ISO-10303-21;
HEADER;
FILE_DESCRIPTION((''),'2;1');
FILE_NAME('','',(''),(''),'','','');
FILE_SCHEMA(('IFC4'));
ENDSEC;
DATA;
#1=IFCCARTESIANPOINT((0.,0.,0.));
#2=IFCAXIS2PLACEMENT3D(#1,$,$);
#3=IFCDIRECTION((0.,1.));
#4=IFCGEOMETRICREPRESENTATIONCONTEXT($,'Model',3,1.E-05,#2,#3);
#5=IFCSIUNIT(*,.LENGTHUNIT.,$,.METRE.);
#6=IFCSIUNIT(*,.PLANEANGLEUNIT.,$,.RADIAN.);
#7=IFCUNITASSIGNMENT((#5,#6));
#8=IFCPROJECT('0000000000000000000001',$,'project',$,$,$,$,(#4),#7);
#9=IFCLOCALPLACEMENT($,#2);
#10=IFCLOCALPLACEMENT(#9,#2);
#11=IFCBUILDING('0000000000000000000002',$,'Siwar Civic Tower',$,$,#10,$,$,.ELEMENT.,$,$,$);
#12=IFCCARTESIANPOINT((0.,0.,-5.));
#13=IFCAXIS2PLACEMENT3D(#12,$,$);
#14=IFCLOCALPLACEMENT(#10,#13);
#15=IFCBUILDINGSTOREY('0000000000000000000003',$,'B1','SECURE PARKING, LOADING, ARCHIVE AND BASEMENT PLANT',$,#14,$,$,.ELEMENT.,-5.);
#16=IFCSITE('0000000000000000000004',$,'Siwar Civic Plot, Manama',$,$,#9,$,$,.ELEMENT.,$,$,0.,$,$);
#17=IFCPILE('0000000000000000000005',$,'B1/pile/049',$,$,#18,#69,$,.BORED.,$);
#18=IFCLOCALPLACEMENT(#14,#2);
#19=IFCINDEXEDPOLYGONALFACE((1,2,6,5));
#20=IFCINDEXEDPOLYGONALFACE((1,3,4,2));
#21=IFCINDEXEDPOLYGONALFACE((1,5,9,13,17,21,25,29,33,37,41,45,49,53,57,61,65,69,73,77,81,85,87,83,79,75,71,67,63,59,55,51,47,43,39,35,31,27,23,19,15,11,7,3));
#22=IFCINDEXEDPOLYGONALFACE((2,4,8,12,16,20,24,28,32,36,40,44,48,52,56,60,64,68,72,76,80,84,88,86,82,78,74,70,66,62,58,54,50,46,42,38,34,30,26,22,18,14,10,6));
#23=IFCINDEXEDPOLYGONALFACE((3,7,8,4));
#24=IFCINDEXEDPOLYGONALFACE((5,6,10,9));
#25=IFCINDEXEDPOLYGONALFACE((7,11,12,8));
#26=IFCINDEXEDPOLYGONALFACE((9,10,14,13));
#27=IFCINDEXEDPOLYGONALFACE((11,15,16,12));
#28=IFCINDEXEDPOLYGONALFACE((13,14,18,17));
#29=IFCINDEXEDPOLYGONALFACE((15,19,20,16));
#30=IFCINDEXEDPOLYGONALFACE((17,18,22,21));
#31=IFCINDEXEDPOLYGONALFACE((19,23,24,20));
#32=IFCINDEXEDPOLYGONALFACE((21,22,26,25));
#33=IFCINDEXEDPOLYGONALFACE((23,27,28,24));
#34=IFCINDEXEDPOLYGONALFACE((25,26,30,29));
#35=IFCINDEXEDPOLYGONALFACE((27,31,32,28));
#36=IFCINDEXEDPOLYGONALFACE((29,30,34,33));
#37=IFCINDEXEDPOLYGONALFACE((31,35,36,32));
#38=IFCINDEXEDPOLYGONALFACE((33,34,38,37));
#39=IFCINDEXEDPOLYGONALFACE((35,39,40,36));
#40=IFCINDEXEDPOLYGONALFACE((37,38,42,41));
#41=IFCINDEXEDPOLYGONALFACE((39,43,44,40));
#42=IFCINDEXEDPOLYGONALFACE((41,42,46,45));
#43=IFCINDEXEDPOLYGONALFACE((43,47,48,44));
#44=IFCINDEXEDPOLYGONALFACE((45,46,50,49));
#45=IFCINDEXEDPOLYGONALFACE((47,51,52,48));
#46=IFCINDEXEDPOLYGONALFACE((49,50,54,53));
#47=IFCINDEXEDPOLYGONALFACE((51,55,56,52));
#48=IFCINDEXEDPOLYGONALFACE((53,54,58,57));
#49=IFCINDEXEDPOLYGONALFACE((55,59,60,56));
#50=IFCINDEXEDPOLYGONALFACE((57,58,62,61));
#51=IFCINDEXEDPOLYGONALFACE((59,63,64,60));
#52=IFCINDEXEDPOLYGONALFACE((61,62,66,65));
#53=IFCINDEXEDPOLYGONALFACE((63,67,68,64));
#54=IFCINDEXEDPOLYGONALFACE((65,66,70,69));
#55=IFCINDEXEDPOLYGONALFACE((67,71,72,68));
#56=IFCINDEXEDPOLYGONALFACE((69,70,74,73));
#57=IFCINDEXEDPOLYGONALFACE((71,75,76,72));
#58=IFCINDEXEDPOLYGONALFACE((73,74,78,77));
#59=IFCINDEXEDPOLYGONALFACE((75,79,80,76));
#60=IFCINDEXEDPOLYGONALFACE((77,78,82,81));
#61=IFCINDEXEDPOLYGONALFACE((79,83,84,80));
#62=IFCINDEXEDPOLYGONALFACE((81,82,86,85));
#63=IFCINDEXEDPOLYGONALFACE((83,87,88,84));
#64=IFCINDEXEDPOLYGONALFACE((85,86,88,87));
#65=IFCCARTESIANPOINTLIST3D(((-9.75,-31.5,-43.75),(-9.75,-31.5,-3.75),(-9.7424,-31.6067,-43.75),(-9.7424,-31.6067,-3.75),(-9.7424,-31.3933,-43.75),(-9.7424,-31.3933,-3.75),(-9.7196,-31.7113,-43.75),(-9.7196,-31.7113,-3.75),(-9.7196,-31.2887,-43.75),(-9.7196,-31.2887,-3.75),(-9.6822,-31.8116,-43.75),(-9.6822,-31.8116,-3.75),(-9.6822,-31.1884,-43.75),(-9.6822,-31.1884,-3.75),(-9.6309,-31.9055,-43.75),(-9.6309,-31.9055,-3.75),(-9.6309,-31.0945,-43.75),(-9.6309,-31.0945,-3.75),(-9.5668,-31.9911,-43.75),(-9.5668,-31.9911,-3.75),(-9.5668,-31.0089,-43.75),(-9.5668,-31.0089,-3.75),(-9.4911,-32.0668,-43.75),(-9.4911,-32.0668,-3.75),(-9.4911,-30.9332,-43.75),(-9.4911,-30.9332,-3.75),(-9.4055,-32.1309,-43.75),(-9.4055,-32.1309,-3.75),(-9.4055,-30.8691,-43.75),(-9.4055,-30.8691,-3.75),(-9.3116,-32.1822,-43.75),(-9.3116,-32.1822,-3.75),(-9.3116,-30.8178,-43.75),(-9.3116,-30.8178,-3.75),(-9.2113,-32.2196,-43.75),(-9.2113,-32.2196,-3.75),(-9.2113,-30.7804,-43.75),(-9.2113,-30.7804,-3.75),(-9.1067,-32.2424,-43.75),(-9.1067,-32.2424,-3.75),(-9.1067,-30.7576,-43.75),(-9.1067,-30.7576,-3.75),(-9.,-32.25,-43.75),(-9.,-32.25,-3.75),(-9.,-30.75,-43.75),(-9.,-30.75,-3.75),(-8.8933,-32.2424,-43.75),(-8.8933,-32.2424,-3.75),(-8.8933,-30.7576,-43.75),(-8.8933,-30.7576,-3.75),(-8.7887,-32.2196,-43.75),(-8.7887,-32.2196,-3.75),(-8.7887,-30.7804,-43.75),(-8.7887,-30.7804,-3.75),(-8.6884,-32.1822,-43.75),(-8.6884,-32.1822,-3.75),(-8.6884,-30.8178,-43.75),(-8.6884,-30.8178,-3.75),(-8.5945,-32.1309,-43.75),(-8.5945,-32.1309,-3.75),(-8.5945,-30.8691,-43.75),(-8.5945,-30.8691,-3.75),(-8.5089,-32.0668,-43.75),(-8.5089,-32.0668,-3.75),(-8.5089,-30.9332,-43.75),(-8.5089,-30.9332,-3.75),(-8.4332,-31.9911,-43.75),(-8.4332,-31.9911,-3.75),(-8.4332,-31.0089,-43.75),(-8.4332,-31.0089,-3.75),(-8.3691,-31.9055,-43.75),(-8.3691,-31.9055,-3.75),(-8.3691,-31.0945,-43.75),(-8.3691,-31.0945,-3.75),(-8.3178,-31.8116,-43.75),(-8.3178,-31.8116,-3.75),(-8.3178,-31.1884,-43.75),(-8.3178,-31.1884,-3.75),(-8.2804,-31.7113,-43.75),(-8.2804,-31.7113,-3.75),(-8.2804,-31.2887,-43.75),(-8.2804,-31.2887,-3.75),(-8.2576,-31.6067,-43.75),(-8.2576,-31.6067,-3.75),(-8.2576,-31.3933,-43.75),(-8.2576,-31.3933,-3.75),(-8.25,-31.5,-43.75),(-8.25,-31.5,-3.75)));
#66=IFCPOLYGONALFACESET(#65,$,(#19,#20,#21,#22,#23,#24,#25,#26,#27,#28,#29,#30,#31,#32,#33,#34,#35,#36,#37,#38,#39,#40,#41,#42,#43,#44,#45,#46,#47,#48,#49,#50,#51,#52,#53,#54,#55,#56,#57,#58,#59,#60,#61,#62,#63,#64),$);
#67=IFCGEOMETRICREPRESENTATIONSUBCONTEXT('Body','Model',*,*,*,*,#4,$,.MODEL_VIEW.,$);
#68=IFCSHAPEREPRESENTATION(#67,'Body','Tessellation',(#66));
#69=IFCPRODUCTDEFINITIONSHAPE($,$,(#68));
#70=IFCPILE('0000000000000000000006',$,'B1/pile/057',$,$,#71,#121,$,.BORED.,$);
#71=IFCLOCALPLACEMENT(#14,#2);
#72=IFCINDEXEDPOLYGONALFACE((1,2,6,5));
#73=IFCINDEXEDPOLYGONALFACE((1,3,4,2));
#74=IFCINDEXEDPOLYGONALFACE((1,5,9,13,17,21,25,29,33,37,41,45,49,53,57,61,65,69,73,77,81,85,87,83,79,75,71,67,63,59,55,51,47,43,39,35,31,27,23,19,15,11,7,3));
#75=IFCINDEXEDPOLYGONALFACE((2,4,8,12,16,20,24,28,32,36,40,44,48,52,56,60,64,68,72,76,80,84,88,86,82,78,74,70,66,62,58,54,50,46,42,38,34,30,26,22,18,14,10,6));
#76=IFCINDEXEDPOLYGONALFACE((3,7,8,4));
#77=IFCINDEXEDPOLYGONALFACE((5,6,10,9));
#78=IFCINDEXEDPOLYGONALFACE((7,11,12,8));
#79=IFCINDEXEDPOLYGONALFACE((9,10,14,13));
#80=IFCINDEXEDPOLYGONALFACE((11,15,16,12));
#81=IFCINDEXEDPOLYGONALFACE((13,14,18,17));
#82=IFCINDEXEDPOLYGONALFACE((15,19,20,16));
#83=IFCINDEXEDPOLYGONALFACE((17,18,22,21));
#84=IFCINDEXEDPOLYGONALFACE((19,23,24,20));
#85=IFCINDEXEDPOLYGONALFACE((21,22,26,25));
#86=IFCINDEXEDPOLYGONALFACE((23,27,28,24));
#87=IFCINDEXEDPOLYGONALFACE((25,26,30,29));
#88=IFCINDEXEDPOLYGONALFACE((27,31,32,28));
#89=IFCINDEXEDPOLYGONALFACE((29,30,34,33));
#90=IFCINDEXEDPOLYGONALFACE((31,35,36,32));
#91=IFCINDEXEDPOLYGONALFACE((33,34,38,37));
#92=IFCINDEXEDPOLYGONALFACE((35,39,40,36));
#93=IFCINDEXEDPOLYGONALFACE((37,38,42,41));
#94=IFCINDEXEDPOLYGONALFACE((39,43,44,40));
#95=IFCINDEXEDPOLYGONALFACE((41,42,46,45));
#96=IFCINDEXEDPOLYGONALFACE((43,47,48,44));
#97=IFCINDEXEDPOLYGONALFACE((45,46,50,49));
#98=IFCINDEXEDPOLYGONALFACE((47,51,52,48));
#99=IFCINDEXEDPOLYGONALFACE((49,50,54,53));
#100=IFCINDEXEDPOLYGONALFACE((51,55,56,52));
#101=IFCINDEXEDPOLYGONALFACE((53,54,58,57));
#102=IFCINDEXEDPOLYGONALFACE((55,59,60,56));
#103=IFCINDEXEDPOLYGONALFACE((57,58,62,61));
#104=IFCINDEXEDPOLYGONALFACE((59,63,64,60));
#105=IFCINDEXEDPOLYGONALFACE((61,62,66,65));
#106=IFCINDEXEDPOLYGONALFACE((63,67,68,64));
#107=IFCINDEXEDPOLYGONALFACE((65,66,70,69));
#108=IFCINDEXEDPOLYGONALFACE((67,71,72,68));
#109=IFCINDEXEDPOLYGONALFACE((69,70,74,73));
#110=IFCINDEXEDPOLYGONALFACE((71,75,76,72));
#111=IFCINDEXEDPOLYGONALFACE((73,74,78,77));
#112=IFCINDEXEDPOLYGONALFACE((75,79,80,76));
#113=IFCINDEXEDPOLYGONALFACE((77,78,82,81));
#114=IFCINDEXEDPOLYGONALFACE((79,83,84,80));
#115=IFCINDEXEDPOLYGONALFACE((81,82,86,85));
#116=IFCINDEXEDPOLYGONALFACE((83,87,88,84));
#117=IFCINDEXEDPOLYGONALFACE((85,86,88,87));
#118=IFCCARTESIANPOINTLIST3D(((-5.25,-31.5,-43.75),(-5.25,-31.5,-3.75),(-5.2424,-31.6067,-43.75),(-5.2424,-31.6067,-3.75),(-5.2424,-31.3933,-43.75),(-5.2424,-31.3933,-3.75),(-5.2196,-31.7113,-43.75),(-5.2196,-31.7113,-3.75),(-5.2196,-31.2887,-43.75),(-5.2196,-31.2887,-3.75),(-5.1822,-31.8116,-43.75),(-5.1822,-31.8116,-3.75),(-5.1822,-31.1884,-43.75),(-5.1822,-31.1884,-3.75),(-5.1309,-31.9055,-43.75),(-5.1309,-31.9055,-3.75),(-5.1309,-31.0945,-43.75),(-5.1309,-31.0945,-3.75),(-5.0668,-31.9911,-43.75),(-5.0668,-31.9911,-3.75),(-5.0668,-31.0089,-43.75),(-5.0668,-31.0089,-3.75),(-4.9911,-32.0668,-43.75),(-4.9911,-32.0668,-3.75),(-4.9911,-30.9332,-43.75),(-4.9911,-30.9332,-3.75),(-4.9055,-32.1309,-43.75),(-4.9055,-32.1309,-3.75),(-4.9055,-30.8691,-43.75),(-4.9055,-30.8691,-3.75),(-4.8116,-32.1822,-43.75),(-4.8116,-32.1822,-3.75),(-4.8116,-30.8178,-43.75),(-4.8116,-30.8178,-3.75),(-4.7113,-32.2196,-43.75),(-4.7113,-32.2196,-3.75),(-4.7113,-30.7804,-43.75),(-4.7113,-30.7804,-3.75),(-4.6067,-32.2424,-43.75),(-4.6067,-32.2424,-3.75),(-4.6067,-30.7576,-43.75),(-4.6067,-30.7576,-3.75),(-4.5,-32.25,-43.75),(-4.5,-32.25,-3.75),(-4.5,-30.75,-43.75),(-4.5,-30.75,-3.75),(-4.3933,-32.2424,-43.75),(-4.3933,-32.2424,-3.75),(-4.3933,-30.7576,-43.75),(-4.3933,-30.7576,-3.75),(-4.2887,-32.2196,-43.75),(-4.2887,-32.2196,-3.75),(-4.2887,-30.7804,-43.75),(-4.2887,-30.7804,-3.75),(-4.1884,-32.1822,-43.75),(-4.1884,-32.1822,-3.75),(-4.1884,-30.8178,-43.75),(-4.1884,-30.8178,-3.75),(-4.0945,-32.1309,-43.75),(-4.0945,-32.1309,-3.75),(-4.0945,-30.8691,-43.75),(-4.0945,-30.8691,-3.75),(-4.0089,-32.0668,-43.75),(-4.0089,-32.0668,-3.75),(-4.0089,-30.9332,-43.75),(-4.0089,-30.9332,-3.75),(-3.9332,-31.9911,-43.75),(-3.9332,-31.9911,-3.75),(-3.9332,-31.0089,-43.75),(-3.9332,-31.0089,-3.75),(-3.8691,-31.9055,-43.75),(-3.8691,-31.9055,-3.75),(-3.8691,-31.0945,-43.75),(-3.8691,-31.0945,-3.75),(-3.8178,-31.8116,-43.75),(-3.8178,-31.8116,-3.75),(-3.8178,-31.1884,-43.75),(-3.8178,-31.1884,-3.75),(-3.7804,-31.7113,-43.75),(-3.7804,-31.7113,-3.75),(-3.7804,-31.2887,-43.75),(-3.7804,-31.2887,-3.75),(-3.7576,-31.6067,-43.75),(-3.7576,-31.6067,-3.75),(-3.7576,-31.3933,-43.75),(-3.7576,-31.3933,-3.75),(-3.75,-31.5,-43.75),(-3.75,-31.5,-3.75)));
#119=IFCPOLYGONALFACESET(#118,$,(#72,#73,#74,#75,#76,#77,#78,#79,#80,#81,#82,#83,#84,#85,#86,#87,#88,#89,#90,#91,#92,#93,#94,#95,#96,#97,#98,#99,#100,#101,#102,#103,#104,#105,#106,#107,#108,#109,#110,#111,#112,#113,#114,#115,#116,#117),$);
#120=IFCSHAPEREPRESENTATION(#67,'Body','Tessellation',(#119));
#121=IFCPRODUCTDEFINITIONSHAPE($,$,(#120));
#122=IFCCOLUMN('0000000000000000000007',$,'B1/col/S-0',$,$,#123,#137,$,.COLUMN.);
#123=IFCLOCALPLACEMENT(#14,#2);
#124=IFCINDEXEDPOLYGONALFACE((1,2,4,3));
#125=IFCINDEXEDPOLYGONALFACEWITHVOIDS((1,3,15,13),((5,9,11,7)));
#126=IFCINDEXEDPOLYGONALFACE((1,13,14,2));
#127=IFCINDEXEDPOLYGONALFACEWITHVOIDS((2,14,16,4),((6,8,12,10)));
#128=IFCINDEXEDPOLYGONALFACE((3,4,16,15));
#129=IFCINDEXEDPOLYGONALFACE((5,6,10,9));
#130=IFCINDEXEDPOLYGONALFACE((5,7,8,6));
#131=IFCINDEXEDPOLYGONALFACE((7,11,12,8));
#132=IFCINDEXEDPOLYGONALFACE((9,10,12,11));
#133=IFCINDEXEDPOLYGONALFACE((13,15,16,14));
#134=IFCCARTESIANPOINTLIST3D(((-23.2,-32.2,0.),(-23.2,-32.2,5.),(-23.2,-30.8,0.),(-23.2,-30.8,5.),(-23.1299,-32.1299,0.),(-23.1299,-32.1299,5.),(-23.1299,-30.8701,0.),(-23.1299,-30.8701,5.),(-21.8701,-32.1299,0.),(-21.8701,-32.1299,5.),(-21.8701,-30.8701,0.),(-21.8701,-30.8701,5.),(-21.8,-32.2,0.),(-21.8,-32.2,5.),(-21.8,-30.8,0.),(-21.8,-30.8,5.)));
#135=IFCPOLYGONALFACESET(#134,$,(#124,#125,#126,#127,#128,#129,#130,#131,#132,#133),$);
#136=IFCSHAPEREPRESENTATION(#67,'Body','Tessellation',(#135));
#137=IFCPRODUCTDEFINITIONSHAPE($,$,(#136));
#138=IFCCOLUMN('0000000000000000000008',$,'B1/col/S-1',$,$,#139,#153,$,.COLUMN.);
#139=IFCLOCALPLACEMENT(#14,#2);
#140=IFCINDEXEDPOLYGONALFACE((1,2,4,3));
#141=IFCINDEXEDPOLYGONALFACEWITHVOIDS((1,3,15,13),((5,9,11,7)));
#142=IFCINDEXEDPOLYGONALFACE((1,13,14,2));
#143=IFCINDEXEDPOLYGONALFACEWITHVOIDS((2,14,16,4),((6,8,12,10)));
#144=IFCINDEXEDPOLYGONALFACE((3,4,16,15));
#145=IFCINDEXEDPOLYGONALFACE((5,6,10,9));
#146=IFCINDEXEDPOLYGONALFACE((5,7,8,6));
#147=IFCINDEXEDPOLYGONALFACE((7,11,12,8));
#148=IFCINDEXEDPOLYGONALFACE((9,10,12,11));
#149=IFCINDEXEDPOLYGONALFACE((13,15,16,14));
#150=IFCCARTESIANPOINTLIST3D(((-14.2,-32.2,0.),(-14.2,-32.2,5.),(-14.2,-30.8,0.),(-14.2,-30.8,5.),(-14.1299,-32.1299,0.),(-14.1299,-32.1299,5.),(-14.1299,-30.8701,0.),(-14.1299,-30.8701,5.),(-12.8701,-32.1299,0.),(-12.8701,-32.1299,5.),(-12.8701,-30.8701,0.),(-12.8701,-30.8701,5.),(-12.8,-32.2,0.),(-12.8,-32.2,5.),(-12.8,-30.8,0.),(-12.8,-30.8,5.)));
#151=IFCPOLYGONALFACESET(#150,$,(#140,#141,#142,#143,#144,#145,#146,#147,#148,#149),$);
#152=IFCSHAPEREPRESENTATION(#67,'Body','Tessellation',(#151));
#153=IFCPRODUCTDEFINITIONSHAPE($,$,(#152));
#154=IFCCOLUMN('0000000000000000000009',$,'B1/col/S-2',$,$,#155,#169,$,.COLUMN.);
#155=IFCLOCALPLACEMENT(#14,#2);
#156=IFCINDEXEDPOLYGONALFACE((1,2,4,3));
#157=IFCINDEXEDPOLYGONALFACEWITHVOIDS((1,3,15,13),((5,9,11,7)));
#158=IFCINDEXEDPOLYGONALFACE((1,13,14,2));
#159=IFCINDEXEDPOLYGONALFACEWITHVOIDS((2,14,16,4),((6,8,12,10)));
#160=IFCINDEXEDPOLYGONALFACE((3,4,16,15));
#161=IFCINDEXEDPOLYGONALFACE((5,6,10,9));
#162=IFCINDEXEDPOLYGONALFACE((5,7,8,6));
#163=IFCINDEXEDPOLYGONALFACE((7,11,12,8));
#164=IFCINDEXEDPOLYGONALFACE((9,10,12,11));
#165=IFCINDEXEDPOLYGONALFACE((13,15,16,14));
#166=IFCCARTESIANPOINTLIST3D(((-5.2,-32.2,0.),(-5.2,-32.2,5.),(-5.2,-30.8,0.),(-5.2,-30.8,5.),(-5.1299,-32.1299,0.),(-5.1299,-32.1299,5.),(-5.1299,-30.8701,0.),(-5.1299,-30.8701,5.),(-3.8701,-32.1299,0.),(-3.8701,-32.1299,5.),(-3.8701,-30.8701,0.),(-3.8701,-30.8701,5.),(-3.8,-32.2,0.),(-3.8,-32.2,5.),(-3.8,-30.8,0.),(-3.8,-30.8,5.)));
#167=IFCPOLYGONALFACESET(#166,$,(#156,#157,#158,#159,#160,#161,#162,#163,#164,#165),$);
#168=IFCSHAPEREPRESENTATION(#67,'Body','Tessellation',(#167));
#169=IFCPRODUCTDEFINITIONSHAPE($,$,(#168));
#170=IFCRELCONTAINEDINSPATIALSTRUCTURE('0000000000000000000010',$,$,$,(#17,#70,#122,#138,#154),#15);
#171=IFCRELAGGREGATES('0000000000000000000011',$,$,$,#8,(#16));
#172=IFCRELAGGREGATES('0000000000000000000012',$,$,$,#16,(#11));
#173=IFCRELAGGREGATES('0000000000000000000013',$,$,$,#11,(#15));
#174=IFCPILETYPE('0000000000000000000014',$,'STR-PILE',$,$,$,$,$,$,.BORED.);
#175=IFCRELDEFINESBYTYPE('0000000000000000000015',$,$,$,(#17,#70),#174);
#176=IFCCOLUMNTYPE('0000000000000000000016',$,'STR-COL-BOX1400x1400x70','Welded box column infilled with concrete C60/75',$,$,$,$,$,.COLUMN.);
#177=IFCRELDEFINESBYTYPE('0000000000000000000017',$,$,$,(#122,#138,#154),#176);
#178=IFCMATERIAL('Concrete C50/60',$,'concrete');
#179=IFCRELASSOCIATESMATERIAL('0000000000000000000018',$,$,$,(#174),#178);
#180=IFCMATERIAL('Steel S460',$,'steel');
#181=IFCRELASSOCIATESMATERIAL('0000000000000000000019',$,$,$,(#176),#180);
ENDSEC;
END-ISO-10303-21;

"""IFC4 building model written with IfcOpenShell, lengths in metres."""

from ifc_helpers import new_model, si_unit, direction, frame, origin, origin_2d, place, context, subcontext, project, spatial, hollow_rectangle, circle, extrude, material, material_profile, profile_set, type_object, element, save


model = new_model("IFC4")

# Units and contexts
model_context = context("Model", 3, precision=1e-05, world=origin(), true_north=direction((0.0, 1.0)))
body_context = subcontext(model_context, "Body", "Model", "MODEL_VIEW")
ifc_project = project(units=[si_unit("LENGTHUNIT", "METRE"), si_unit("PLANEANGLEUNIT", "RADIAN")], contexts=[model_context])

# Site, building, storey
site_placement = place(None, origin())
site = spatial("IfcSite", under=ifc_project, at=site_placement, Name="Siwar Civic Plot, Manama", CompositionType="ELEMENT", RefElevation=0.0)
building_placement = place(site_placement, origin())
building = spatial("IfcBuilding", under=site, at=building_placement, Name="Siwar Civic Tower", CompositionType="ELEMENT")
storey_placement = place(building_placement, frame((0.0, 0.0, -5.0)))
storey = spatial("IfcBuildingStorey", under=building, at=storey_placement, Name="B1", Description="SECURE PARKING, LOADING, ARCHIVE AND BASEMENT PLANT", CompositionType="ELEMENT", Elevation=-5.0)

# Piles
ifc_material_1 = material(Name="Concrete C50/60", Category="concrete")
ifc_material_profile_1 = material_profile(ifc_material_1, circle(Radius=0.75, at=origin_2d()), Name="PILE1500")
ifc_profile_set_1 = profile_set([ifc_material_profile_1], Name="Concrete C50/60")
pile_type = type_object("IfcPileType", Name="STR-PILE", PredefinedType="BORED", material=ifc_profile_set_1)
for number, where, z_axis, x_axis, name in (
    (1, (-9.0, -31.5, -3.75), (0.0, 0.0, -1.0), (1.0, 0.0, 0.0), "B1/pile/049"),
    (2, (-4.5, -31.5, -3.75), (0.0, 0.0, -1.0), (1.0, 0.0, 0.0), "B1/pile/057"),
):
    element("IfcPile", number, at=place(storey_placement, frame(where, z_axis=z_axis, x_axis=x_axis)), inside=storey, type_object=pile_type, Name=name, PredefinedType="BORED", context=body_context, shape_type="SweptSolid", body=[
        extrude(circle(Radius=0.75, at=origin_2d()), origin(), (0.0, 0.0, 1.0), 40.0),
    ])

# Columns
ifc_material_2 = material(Name="Steel S460", Category="steel")
ifc_material_profile_2 = material_profile(ifc_material_2, hollow_rectangle(XDim=1.3999, YDim=1.3999, WallThickness=0.0701, at=origin_2d()), Name="BOX1400x1400x70")
ifc_profile_set_2 = profile_set([ifc_material_profile_2], Name="Steel S460")
column_type = type_object("IfcColumnType", Name="STR-COL-BOX1400x1400x70", Description="Welded box column infilled with concrete C60/75", PredefinedType="COLUMN", material=ifc_profile_set_2)
for number, where, z_axis, x_axis, name in (
    (3, (-22.5, -31.5, 0.0), (0.0, 0.0, 1.0), (1.0, 0.0, 0.0), "B1/col/S-0"),
    (4, (-13.5, -31.5, 0.0), (0.0, 0.0, 1.0), (1.0, 0.0, 0.0), "B1/col/S-1"),
    (5, (-4.5, -31.5, 0.0), (0.0, 0.0, 1.0), (1.0, 0.0, 0.0), "B1/col/S-2"),
):
    element("IfcColumn", number, at=place(storey_placement, frame(where, z_axis=z_axis, x_axis=x_axis)), inside=storey, type_object=column_type, Name=name, PredefinedType="COLUMN", context=body_context, shape_type="SweptSolid", body=[
        extrude(hollow_rectangle(XDim=1.3999, YDim=1.3999, WallThickness=0.0701, at=origin_2d()), origin(), (0.0, 0.0, 1.0), 5.0),
    ])

save(model, "model.ifc")
